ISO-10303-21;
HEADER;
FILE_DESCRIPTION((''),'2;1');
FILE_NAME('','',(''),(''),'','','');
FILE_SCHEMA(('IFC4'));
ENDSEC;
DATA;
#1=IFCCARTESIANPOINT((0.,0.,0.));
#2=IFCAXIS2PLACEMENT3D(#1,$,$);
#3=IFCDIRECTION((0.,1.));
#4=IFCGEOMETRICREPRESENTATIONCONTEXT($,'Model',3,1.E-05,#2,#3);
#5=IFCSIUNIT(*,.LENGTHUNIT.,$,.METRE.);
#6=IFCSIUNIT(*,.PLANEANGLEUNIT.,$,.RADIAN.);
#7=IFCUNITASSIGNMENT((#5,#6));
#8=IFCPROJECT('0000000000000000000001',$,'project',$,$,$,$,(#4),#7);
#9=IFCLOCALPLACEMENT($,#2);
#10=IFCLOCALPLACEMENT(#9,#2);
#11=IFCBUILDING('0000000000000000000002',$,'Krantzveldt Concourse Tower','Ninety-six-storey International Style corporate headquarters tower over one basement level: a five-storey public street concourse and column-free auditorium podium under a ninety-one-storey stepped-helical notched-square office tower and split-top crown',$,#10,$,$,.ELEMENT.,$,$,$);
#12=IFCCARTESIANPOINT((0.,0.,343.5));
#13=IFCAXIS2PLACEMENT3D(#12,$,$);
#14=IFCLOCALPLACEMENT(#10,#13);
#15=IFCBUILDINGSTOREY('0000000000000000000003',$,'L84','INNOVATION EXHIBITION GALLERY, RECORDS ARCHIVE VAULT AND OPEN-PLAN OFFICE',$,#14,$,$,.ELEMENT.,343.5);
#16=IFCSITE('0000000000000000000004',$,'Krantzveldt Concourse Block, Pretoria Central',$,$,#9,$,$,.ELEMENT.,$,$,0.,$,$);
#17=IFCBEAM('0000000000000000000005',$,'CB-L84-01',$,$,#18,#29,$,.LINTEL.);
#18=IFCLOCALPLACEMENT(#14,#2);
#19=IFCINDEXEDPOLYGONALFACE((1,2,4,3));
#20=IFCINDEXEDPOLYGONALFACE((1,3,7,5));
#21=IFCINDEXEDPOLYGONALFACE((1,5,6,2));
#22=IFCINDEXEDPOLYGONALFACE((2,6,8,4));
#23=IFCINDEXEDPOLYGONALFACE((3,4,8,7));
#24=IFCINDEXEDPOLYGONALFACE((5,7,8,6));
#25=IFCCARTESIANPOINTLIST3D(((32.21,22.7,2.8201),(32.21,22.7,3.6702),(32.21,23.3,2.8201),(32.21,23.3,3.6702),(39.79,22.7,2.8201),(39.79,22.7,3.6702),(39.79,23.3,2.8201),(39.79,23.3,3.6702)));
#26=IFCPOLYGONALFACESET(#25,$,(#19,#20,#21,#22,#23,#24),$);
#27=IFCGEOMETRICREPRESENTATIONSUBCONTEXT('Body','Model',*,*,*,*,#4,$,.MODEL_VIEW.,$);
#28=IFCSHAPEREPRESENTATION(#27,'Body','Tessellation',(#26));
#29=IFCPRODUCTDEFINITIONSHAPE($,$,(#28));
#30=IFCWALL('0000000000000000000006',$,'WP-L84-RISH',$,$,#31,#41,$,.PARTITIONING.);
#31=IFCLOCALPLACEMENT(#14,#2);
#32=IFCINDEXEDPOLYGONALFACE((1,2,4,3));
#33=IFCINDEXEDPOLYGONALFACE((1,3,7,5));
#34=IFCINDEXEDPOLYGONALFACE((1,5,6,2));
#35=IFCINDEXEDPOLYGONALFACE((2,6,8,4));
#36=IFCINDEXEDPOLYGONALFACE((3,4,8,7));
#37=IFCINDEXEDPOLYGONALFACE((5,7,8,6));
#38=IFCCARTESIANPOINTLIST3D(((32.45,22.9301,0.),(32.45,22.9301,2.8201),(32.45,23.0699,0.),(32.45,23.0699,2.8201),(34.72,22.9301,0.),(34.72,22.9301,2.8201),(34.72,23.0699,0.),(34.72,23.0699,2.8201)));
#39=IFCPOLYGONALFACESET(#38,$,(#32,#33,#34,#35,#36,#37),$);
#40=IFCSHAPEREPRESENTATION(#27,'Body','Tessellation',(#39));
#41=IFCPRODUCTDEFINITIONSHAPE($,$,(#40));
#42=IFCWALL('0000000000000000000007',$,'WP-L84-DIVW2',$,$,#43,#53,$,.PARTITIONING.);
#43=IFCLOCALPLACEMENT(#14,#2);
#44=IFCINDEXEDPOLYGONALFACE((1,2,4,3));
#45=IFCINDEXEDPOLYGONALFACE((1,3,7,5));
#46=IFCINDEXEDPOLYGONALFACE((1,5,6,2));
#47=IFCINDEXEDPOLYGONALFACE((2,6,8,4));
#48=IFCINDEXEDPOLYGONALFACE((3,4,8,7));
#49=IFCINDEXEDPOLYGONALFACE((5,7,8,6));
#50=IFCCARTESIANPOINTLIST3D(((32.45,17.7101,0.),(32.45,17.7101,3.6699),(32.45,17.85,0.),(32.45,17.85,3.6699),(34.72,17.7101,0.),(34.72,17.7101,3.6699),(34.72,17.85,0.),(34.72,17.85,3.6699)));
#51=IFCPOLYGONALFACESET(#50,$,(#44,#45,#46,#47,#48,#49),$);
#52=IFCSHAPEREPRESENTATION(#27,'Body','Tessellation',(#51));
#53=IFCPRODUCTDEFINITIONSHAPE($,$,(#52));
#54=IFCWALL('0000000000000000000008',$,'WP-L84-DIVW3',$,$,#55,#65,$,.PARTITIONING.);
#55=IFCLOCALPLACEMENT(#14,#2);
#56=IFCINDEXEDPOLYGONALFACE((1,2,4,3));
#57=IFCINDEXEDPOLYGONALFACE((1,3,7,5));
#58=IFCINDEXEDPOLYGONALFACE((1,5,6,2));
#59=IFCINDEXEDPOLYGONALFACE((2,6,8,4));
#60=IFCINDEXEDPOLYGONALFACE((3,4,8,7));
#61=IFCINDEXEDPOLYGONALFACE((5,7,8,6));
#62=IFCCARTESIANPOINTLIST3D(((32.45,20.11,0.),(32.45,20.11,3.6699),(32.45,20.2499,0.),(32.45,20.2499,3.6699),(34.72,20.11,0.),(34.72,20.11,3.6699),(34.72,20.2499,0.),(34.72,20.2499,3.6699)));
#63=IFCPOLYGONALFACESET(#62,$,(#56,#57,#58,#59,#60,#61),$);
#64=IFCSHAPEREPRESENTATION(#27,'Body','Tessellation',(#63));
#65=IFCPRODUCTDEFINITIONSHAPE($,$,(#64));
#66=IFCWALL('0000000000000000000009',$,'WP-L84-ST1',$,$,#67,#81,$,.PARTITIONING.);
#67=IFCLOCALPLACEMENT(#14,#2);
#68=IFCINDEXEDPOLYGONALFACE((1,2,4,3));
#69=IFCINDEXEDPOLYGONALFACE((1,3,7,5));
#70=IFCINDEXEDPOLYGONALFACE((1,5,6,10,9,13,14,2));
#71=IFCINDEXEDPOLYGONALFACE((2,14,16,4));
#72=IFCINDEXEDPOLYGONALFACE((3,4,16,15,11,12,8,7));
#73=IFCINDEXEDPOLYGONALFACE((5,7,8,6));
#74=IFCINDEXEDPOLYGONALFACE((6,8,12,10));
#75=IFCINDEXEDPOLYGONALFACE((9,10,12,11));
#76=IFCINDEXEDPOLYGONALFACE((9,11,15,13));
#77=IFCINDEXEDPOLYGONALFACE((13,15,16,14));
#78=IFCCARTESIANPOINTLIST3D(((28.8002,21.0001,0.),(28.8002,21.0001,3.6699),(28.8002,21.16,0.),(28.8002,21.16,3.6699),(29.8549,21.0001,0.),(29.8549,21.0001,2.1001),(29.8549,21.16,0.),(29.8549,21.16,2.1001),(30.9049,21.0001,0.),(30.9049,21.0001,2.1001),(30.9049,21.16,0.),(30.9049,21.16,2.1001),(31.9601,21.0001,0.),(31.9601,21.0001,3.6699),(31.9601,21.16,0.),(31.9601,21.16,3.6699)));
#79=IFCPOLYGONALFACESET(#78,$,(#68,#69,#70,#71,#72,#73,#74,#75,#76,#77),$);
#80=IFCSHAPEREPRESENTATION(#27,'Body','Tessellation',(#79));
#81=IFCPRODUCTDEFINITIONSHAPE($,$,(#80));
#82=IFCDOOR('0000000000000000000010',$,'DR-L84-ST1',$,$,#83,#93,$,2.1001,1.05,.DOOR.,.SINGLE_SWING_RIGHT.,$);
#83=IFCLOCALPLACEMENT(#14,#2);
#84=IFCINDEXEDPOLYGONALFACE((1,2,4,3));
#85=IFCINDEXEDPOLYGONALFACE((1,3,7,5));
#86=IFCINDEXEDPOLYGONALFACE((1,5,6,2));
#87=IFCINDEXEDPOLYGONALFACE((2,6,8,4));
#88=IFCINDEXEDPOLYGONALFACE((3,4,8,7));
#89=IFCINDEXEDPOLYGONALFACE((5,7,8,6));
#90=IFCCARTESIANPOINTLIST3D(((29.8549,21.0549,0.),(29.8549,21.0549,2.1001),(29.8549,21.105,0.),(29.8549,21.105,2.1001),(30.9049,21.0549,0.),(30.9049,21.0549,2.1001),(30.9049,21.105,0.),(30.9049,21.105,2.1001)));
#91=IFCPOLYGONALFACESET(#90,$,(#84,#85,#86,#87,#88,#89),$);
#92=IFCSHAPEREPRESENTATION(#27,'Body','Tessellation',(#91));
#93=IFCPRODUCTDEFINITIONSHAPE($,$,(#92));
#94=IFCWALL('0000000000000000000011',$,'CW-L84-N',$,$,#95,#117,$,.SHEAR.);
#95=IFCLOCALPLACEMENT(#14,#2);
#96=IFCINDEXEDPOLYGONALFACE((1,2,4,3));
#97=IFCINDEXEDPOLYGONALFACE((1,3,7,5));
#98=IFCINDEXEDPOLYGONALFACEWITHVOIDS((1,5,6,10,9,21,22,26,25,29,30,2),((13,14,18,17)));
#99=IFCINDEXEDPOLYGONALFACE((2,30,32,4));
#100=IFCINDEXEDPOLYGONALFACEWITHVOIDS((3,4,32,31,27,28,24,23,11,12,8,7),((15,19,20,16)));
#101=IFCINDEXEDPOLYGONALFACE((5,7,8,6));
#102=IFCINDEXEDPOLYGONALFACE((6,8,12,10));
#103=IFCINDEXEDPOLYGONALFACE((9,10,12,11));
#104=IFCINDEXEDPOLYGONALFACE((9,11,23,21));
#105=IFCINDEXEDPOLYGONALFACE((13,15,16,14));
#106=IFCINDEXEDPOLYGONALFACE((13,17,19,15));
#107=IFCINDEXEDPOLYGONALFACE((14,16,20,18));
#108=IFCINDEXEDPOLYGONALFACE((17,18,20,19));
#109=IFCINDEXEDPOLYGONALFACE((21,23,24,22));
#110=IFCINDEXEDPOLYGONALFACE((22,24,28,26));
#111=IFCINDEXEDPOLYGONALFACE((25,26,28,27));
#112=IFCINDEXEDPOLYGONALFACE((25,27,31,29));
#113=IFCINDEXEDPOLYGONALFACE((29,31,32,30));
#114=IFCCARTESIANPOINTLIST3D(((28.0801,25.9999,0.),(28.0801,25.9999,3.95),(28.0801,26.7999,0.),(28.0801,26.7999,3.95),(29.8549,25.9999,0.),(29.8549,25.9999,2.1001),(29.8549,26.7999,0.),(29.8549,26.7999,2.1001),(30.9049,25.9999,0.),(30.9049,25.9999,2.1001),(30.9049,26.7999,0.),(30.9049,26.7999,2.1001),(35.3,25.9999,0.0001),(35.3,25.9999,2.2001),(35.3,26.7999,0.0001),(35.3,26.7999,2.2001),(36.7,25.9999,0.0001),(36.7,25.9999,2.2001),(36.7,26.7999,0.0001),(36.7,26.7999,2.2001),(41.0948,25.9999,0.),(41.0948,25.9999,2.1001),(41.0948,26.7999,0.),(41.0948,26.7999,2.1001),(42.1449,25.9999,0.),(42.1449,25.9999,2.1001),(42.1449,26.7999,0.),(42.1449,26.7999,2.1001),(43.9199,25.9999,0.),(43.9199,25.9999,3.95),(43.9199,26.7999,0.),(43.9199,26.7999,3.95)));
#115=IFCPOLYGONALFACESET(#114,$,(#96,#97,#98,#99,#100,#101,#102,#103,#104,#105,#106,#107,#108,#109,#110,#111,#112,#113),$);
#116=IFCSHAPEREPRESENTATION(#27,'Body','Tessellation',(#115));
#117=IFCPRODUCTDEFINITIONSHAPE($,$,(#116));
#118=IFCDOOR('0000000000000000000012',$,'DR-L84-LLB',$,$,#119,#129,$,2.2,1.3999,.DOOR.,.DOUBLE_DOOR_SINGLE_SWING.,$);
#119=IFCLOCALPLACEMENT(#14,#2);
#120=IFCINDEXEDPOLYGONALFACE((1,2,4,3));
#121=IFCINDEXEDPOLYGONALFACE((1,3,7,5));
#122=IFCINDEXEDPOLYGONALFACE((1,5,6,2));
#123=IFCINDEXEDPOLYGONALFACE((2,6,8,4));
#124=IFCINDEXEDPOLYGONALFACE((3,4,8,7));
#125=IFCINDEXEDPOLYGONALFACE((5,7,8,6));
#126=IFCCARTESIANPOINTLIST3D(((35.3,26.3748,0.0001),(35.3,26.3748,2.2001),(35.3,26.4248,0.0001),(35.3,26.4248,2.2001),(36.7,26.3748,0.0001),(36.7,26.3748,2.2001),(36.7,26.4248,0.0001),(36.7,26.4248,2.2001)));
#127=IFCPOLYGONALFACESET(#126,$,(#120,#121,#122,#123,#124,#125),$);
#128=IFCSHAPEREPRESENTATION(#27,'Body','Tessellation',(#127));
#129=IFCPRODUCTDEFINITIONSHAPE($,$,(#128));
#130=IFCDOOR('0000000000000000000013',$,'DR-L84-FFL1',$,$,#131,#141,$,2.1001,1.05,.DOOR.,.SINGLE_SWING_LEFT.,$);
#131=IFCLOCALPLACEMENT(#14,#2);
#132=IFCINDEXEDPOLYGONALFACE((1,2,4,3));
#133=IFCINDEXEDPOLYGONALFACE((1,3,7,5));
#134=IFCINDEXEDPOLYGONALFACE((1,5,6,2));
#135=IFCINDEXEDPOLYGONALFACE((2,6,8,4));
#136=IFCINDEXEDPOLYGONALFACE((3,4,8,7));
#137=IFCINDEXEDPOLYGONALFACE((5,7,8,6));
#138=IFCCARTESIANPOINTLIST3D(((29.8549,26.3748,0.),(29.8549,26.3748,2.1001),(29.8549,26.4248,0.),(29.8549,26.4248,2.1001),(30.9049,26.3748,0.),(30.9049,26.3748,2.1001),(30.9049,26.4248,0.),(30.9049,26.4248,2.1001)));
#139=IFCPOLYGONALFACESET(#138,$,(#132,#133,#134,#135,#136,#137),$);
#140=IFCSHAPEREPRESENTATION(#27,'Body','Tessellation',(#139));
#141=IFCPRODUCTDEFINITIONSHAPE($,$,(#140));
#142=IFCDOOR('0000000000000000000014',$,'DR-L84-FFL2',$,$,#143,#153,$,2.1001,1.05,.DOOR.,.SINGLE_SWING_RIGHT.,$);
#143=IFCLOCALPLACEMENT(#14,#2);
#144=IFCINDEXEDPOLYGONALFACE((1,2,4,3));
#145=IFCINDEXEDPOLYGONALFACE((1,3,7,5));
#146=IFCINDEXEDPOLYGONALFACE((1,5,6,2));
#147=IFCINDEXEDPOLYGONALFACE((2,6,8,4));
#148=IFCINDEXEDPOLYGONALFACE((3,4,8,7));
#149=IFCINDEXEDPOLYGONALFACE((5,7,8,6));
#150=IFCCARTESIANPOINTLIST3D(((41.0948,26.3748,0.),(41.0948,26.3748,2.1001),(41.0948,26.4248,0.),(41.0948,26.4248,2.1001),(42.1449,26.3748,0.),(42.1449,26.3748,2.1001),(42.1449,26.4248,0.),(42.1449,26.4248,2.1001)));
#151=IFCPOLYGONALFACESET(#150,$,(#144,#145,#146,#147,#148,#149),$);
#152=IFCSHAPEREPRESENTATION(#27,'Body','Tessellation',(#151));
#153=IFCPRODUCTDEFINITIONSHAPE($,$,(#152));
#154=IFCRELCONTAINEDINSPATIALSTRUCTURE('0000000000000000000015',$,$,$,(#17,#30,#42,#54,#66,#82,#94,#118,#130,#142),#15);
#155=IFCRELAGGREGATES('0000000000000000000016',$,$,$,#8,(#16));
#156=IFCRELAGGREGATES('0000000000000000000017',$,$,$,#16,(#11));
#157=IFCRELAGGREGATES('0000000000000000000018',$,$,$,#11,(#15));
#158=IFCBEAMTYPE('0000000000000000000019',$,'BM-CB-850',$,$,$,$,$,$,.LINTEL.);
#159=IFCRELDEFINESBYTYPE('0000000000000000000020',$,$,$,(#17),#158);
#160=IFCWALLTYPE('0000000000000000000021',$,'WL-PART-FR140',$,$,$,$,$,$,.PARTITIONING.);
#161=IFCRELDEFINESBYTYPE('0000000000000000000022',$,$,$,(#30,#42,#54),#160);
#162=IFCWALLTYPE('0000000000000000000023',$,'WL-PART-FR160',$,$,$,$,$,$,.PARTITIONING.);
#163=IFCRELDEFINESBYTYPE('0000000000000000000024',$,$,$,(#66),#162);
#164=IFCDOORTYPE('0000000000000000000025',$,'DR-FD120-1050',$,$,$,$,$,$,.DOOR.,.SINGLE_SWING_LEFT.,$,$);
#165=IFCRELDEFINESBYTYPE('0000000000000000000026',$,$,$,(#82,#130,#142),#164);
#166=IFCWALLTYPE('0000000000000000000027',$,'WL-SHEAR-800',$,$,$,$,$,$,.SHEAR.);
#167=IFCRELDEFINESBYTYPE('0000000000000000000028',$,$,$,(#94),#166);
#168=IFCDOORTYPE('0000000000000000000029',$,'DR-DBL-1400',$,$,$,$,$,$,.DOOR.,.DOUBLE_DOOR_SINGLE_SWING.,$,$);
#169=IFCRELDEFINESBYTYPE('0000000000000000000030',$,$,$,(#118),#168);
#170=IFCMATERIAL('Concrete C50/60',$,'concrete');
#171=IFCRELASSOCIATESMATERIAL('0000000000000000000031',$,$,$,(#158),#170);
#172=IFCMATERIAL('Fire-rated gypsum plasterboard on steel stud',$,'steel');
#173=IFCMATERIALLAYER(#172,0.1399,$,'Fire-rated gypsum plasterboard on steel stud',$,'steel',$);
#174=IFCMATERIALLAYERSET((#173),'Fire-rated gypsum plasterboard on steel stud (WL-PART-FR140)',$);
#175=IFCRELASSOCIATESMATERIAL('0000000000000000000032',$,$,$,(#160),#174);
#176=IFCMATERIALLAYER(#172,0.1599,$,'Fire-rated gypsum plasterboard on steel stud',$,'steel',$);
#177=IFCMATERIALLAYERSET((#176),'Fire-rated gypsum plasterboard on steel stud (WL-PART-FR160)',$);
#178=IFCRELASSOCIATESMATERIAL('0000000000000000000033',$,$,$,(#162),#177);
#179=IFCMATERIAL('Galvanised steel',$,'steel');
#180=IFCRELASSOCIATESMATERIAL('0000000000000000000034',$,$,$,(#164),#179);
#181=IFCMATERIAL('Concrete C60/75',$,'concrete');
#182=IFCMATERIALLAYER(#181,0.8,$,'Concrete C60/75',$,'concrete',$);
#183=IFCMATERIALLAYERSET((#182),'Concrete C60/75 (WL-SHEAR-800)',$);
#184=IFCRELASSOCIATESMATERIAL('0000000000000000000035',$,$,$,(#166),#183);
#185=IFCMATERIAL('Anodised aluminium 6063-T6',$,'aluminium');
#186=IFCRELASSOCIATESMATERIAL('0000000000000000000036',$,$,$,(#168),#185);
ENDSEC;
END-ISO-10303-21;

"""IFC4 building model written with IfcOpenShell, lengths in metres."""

from ifc_helpers import new_model, si_unit, direction, frame, frame_2d, origin, origin_2d, place, context, subcontext, project, spatial, rectangle, extrude, source, transform, mapped, material, layer, layer_set, material_profile, profile_set, type_object, type_shapes, element, fill, save


model = new_model("IFC4")

# Units and contexts
model_context = context("Model", 3, precision=1e-05, world=origin(), true_north=direction((0.0, 1.0)))
body_context = subcontext(model_context, "Body", "Model", "MODEL_VIEW")
ifc_project = project(units=[si_unit("LENGTHUNIT", "METRE"), si_unit("PLANEANGLEUNIT", "RADIAN")], contexts=[model_context])

# Site, building, storey
site_placement = place(None, origin())
site = spatial("IfcSite", under=ifc_project, at=site_placement, Name="Krantzveldt Concourse Block, Pretoria Central", CompositionType="ELEMENT", RefElevation=0.0)
building_placement = place(site_placement, origin())
building = spatial("IfcBuilding", under=site, at=building_placement, Name="Krantzveldt Concourse Tower", Description="Ninety-six-storey International Style corporate headquarters tower over one basement level: a five-storey public street concourse and column-free auditorium podium under a ninety-one-storey stepped-helical notched-square office tower and split-top crown", CompositionType="ELEMENT")
storey_placement = place(building_placement, frame((0.0, 0.0, 343.5)))
storey = spatial("IfcBuildingStorey", under=building, at=storey_placement, Name="L84", Description="INNOVATION EXHIBITION GALLERY, RECORDS ARCHIVE VAULT AND OPEN-PLAN OFFICE", CompositionType="ELEMENT", Elevation=343.5)

# Beam
ifc_material_1 = material(Name="Concrete C50/60", Category="concrete")
ifc_material_profile = material_profile(ifc_material_1, rectangle(XDim=0.6001, YDim=0.8501, at=origin_2d()), Name="Concrete C50/60", Category="concrete")
ifc_profile_set = profile_set([ifc_material_profile], Name="Concrete C50/60 - RC-CB 600x850")
beam_type = type_object("IfcBeamType", Name="BM-CB-850", PredefinedType="LINTEL", material=ifc_profile_set)
shared_shape = source(origin(), body_context, "Body", "SweptSolid", [
    extrude(rectangle(XDim=0.6001, YDim=0.8501, at=origin_2d()), origin(), (0.0, 0.0, 1.0), 7.5801),
])
type_shapes(beam_type, [shared_shape])
beam_placement = place(storey_placement, frame((32.21, 23.0, 3.2451), z_axis=(1.0, 0.0, 0.0), x_axis=(0.0, 1.0, 0.0)))
element("IfcBeam", 1, at=beam_placement, inside=storey, type_object=beam_type, Name="CB-L84-01", PredefinedType="LINTEL", context=body_context, shape_type="MappedRepresentation", body=[
    mapped(shared_shape, transform((0.0, 0.0, 0.0), x_axis=(1.0, 0.0, 0.0), y_axis=(0.0, 1.0, 0.0), z_axis=(0.0, 0.0, 1.0), scale=1.0)),
])

# Walls
ifc_material_2 = material(Name="Fire-rated gypsum plasterboard on steel stud", Category="steel")
ifc_layer_1 = layer(ifc_material_2, 0.1399, Name="Fire-rated gypsum plasterboard on steel stud", Category="steel")
ifc_layer_set_1 = layer_set([ifc_layer_1], Name="Fire-rated gypsum plasterboard on steel stud (WL-PART-FR140)")
wall_type_1 = type_object("IfcWallType", Name="WL-PART-FR140", PredefinedType="PARTITIONING", material=ifc_layer_set_1)
wall_1_placement = place(storey_placement, frame((32.45, 23.0, 0.0), z_axis=(0.0, 0.0, 1.0), x_axis=(1.0, 0.0, 0.0)))
element("IfcWall", 2, at=wall_1_placement, inside=storey, type_object=wall_type_1, Name="WP-L84-RISH", PredefinedType="PARTITIONING", context=body_context, shape_type="SweptSolid", body=[
    extrude(rectangle(XDim=2.27, YDim=0.1399, at=frame_2d((1.135, 0.0))), origin(), (0.0, 0.0, 1.0), 2.8201),
])
for number, where, z_axis, x_axis, name in (
    (3, (32.45, 17.78, 0.0), (0.0, 0.0, 1.0), (1.0, 0.0, 0.0), "WP-L84-DIVW2"),
    (4, (32.45, 20.1799, 0.0), (0.0, 0.0, 1.0), (1.0, 0.0, 0.0), "WP-L84-DIVW3"),
):
    element("IfcWall", number, at=place(storey_placement, frame(where, z_axis=z_axis, x_axis=x_axis)), inside=storey, type_object=wall_type_1, Name=name, PredefinedType="PARTITIONING", context=body_context, shape_type="SweptSolid", body=[
        extrude(rectangle(XDim=2.27, YDim=0.1399, at=frame_2d((1.135, 0.0))), origin(), (0.0, 0.0, 1.0), 3.6699),
    ])

# Wall, opening, door
ifc_layer_2 = layer(ifc_material_2, 0.1599, Name="Fire-rated gypsum plasterboard on steel stud", Category="steel")
ifc_layer_set_2 = layer_set([ifc_layer_2], Name="Fire-rated gypsum plasterboard on steel stud (WL-PART-FR160)")
wall_type_2 = type_object("IfcWallType", Name="WL-PART-FR160", PredefinedType="PARTITIONING", material=ifc_layer_set_2)
wall_2_placement = place(storey_placement, frame((28.8, 21.0801, 0.0), z_axis=(0.0, 0.0, 1.0), x_axis=(1.0, 0.0, 0.0)))
wall_2 = element("IfcWall", 5, at=wall_2_placement, inside=storey, type_object=wall_type_2, Name="WP-L84-ST1", PredefinedType="PARTITIONING", context=body_context, shape_type="SweptSolid", body=[
    extrude(rectangle(XDim=3.1599, YDim=0.1599, at=frame_2d((1.5801, 0.0))), origin(), (0.0, 0.0, 1.0), 3.6699),
])
opening_1_placement = place(wall_2_placement, frame((1.0549, 0.0, 0.0)))
opening_1 = element("IfcOpeningElement", 6, at=opening_1_placement, cuts=wall_2, PredefinedType="OPENING", context=body_context, shape_type="SweptSolid", body=[
    extrude(rectangle(XDim=1.05, YDim=2.1001, at=frame_2d((0.5249, 1.05))), frame((0.0, 0.0898, 0.0), z_axis=(0.0, -1.0, 0.0), x_axis=(1.0, 0.0, 0.0)), (0.0, 0.0, 1.0), 0.1799),
])
ifc_material_3 = material(Name="Galvanised steel", Category="steel")
door_type_1 = type_object("IfcDoorType", Name="DR-FD120-1050", OperationType="SINGLE_SWING_LEFT", PredefinedType="DOOR", material=ifc_material_3)
door_1_placement = place(opening_1_placement, origin())
door_1 = element("IfcDoor", 7, at=door_1_placement, inside=storey, type_object=door_type_1, Name="DR-L84-ST1", OperationType="SINGLE_SWING_RIGHT", OverallHeight=2.1001, OverallWidth=1.05, PredefinedType="DOOR", context=body_context, shape_type="SweptSolid", body=[
    extrude(rectangle(XDim=1.05, YDim=2.1001, at=frame_2d((0.5249, 1.05))), frame((0.0, 0.0249, 0.0), z_axis=(0.0, -1.0, 0.0), x_axis=(1.0, 0.0, 0.0)), (0.0, 0.0, 1.0), 0.05),
])
fill(opening_1, door_1)

# Wall, openings, doors
ifc_material_4 = material(Name="Concrete C60/75", Category="concrete")
ifc_layer_3 = layer(ifc_material_4, 0.8, Name="Concrete C60/75", Category="concrete")
ifc_layer_set_3 = layer_set([ifc_layer_3], Name="Concrete C60/75 (WL-SHEAR-800)")
wall_type_3 = type_object("IfcWallType", Name="WL-SHEAR-800", PredefinedType="SHEAR", material=ifc_layer_set_3)
wall_3_placement = place(storey_placement, frame((28.0801, 26.3999, 0.0), z_axis=(0.0, 0.0, 1.0), x_axis=(1.0, 0.0, 0.0)))
wall_3 = element("IfcWall", 8, at=wall_3_placement, inside=storey, type_object=wall_type_3, Name="CW-L84-N", PredefinedType="SHEAR", context=body_context, shape_type="SweptSolid", body=[
    extrude(rectangle(XDim=15.8398, YDim=0.8, at=frame_2d((7.9199, 0.0))), origin(), (0.0, 0.0, 1.0), 3.95),
])
opening_2_placement = place(wall_3_placement, frame((7.22, 0.0, 0.0)))
opening_2 = element("IfcOpeningElement", 9, at=opening_2_placement, cuts=wall_3, PredefinedType="OPENING", context=body_context, shape_type="SweptSolid", body=[
    extrude(rectangle(XDim=1.3999, YDim=2.2, at=frame_2d((0.7, 1.1001))), frame((0.0, 0.4102, 0.0), z_axis=(0.0, -1.0, 0.0), x_axis=(1.0, 0.0, 0.0)), (0.0, 0.0, 1.0), 0.8201),
])
opening_3_placement = place(wall_3_placement, frame((1.7749, 0.0, 0.0)))
opening_3 = element("IfcOpeningElement", 10, at=opening_3_placement, cuts=wall_3, PredefinedType="OPENING", context=body_context, shape_type="SweptSolid", body=[
    extrude(rectangle(XDim=1.05, YDim=2.1001, at=frame_2d((0.5249, 1.05))), frame((0.0, 0.4102, 0.0), z_axis=(0.0, -1.0, 0.0), x_axis=(1.0, 0.0, 0.0)), (0.0, 0.0, 1.0), 0.8201),
])
opening_4_placement = place(wall_3_placement, frame((13.0149, 0.0, 0.0)))
opening_4 = element("IfcOpeningElement", 11, at=opening_4_placement, cuts=wall_3, PredefinedType="OPENING", context=body_context, shape_type="SweptSolid", body=[
    extrude(rectangle(XDim=1.05, YDim=2.1001, at=frame_2d((0.5249, 1.05))), frame((0.0, 0.4102, 0.0), z_axis=(0.0, -1.0, 0.0), x_axis=(1.0, 0.0, 0.0)), (0.0, 0.0, 1.0), 0.8201),
])
ifc_material_5 = material(Name="Anodised aluminium 6063-T6", Category="aluminium")
door_type_2 = type_object("IfcDoorType", Name="DR-DBL-1400", OperationType="DOUBLE_DOOR_SINGLE_SWING", PredefinedType="DOOR", material=ifc_material_5)
door_2_placement = place(opening_2_placement, origin())
door_2 = element("IfcDoor", 12, at=door_2_placement, inside=storey, type_object=door_type_2, Name="DR-L84-LLB", OperationType="DOUBLE_DOOR_SINGLE_SWING", OverallHeight=2.2, OverallWidth=1.3999, PredefinedType="DOOR", context=body_context, shape_type="SweptSolid", body=[
    extrude(rectangle(XDim=1.3999, YDim=2.2, at=frame_2d((0.7, 1.1001))), frame((0.0, 0.0249, 0.0), z_axis=(0.0, -1.0, 0.0), x_axis=(1.0, 0.0, 0.0)), (0.0, 0.0, 1.0), 0.05),
])
fill(opening_2, door_2)
door_3_placement = place(opening_3_placement, origin())
door_3 = element("IfcDoor", 13, at=door_3_placement, inside=storey, type_object=door_type_1, Name="DR-L84-FFL1", OperationType="SINGLE_SWING_LEFT", OverallHeight=2.1001, OverallWidth=1.05, PredefinedType="DOOR", context=body_context, shape_type="SweptSolid", body=[
    extrude(rectangle(XDim=1.05, YDim=2.1001, at=frame_2d((0.5249, 1.05))), frame((0.0, 0.0249, 0.0), z_axis=(0.0, -1.0, 0.0), x_axis=(1.0, 0.0, 0.0)), (0.0, 0.0, 1.0), 0.05),
])
fill(opening_3, door_3)
door_4_placement = place(opening_4_placement, origin())
door_4 = element("IfcDoor", 14, at=door_4_placement, inside=storey, type_object=door_type_1, Name="DR-L84-FFL2", OperationType="SINGLE_SWING_RIGHT", OverallHeight=2.1001, OverallWidth=1.05, PredefinedType="DOOR", context=body_context, shape_type="SweptSolid", body=[
    extrude(rectangle(XDim=1.05, YDim=2.1001, at=frame_2d((0.5249, 1.05))), frame((0.0, 0.0249, 0.0), z_axis=(0.0, -1.0, 0.0), x_axis=(1.0, 0.0, 0.0)), (0.0, 0.0, 1.0), 0.05),
])
fill(opening_4, door_4)

save(model, "model.ifc")
